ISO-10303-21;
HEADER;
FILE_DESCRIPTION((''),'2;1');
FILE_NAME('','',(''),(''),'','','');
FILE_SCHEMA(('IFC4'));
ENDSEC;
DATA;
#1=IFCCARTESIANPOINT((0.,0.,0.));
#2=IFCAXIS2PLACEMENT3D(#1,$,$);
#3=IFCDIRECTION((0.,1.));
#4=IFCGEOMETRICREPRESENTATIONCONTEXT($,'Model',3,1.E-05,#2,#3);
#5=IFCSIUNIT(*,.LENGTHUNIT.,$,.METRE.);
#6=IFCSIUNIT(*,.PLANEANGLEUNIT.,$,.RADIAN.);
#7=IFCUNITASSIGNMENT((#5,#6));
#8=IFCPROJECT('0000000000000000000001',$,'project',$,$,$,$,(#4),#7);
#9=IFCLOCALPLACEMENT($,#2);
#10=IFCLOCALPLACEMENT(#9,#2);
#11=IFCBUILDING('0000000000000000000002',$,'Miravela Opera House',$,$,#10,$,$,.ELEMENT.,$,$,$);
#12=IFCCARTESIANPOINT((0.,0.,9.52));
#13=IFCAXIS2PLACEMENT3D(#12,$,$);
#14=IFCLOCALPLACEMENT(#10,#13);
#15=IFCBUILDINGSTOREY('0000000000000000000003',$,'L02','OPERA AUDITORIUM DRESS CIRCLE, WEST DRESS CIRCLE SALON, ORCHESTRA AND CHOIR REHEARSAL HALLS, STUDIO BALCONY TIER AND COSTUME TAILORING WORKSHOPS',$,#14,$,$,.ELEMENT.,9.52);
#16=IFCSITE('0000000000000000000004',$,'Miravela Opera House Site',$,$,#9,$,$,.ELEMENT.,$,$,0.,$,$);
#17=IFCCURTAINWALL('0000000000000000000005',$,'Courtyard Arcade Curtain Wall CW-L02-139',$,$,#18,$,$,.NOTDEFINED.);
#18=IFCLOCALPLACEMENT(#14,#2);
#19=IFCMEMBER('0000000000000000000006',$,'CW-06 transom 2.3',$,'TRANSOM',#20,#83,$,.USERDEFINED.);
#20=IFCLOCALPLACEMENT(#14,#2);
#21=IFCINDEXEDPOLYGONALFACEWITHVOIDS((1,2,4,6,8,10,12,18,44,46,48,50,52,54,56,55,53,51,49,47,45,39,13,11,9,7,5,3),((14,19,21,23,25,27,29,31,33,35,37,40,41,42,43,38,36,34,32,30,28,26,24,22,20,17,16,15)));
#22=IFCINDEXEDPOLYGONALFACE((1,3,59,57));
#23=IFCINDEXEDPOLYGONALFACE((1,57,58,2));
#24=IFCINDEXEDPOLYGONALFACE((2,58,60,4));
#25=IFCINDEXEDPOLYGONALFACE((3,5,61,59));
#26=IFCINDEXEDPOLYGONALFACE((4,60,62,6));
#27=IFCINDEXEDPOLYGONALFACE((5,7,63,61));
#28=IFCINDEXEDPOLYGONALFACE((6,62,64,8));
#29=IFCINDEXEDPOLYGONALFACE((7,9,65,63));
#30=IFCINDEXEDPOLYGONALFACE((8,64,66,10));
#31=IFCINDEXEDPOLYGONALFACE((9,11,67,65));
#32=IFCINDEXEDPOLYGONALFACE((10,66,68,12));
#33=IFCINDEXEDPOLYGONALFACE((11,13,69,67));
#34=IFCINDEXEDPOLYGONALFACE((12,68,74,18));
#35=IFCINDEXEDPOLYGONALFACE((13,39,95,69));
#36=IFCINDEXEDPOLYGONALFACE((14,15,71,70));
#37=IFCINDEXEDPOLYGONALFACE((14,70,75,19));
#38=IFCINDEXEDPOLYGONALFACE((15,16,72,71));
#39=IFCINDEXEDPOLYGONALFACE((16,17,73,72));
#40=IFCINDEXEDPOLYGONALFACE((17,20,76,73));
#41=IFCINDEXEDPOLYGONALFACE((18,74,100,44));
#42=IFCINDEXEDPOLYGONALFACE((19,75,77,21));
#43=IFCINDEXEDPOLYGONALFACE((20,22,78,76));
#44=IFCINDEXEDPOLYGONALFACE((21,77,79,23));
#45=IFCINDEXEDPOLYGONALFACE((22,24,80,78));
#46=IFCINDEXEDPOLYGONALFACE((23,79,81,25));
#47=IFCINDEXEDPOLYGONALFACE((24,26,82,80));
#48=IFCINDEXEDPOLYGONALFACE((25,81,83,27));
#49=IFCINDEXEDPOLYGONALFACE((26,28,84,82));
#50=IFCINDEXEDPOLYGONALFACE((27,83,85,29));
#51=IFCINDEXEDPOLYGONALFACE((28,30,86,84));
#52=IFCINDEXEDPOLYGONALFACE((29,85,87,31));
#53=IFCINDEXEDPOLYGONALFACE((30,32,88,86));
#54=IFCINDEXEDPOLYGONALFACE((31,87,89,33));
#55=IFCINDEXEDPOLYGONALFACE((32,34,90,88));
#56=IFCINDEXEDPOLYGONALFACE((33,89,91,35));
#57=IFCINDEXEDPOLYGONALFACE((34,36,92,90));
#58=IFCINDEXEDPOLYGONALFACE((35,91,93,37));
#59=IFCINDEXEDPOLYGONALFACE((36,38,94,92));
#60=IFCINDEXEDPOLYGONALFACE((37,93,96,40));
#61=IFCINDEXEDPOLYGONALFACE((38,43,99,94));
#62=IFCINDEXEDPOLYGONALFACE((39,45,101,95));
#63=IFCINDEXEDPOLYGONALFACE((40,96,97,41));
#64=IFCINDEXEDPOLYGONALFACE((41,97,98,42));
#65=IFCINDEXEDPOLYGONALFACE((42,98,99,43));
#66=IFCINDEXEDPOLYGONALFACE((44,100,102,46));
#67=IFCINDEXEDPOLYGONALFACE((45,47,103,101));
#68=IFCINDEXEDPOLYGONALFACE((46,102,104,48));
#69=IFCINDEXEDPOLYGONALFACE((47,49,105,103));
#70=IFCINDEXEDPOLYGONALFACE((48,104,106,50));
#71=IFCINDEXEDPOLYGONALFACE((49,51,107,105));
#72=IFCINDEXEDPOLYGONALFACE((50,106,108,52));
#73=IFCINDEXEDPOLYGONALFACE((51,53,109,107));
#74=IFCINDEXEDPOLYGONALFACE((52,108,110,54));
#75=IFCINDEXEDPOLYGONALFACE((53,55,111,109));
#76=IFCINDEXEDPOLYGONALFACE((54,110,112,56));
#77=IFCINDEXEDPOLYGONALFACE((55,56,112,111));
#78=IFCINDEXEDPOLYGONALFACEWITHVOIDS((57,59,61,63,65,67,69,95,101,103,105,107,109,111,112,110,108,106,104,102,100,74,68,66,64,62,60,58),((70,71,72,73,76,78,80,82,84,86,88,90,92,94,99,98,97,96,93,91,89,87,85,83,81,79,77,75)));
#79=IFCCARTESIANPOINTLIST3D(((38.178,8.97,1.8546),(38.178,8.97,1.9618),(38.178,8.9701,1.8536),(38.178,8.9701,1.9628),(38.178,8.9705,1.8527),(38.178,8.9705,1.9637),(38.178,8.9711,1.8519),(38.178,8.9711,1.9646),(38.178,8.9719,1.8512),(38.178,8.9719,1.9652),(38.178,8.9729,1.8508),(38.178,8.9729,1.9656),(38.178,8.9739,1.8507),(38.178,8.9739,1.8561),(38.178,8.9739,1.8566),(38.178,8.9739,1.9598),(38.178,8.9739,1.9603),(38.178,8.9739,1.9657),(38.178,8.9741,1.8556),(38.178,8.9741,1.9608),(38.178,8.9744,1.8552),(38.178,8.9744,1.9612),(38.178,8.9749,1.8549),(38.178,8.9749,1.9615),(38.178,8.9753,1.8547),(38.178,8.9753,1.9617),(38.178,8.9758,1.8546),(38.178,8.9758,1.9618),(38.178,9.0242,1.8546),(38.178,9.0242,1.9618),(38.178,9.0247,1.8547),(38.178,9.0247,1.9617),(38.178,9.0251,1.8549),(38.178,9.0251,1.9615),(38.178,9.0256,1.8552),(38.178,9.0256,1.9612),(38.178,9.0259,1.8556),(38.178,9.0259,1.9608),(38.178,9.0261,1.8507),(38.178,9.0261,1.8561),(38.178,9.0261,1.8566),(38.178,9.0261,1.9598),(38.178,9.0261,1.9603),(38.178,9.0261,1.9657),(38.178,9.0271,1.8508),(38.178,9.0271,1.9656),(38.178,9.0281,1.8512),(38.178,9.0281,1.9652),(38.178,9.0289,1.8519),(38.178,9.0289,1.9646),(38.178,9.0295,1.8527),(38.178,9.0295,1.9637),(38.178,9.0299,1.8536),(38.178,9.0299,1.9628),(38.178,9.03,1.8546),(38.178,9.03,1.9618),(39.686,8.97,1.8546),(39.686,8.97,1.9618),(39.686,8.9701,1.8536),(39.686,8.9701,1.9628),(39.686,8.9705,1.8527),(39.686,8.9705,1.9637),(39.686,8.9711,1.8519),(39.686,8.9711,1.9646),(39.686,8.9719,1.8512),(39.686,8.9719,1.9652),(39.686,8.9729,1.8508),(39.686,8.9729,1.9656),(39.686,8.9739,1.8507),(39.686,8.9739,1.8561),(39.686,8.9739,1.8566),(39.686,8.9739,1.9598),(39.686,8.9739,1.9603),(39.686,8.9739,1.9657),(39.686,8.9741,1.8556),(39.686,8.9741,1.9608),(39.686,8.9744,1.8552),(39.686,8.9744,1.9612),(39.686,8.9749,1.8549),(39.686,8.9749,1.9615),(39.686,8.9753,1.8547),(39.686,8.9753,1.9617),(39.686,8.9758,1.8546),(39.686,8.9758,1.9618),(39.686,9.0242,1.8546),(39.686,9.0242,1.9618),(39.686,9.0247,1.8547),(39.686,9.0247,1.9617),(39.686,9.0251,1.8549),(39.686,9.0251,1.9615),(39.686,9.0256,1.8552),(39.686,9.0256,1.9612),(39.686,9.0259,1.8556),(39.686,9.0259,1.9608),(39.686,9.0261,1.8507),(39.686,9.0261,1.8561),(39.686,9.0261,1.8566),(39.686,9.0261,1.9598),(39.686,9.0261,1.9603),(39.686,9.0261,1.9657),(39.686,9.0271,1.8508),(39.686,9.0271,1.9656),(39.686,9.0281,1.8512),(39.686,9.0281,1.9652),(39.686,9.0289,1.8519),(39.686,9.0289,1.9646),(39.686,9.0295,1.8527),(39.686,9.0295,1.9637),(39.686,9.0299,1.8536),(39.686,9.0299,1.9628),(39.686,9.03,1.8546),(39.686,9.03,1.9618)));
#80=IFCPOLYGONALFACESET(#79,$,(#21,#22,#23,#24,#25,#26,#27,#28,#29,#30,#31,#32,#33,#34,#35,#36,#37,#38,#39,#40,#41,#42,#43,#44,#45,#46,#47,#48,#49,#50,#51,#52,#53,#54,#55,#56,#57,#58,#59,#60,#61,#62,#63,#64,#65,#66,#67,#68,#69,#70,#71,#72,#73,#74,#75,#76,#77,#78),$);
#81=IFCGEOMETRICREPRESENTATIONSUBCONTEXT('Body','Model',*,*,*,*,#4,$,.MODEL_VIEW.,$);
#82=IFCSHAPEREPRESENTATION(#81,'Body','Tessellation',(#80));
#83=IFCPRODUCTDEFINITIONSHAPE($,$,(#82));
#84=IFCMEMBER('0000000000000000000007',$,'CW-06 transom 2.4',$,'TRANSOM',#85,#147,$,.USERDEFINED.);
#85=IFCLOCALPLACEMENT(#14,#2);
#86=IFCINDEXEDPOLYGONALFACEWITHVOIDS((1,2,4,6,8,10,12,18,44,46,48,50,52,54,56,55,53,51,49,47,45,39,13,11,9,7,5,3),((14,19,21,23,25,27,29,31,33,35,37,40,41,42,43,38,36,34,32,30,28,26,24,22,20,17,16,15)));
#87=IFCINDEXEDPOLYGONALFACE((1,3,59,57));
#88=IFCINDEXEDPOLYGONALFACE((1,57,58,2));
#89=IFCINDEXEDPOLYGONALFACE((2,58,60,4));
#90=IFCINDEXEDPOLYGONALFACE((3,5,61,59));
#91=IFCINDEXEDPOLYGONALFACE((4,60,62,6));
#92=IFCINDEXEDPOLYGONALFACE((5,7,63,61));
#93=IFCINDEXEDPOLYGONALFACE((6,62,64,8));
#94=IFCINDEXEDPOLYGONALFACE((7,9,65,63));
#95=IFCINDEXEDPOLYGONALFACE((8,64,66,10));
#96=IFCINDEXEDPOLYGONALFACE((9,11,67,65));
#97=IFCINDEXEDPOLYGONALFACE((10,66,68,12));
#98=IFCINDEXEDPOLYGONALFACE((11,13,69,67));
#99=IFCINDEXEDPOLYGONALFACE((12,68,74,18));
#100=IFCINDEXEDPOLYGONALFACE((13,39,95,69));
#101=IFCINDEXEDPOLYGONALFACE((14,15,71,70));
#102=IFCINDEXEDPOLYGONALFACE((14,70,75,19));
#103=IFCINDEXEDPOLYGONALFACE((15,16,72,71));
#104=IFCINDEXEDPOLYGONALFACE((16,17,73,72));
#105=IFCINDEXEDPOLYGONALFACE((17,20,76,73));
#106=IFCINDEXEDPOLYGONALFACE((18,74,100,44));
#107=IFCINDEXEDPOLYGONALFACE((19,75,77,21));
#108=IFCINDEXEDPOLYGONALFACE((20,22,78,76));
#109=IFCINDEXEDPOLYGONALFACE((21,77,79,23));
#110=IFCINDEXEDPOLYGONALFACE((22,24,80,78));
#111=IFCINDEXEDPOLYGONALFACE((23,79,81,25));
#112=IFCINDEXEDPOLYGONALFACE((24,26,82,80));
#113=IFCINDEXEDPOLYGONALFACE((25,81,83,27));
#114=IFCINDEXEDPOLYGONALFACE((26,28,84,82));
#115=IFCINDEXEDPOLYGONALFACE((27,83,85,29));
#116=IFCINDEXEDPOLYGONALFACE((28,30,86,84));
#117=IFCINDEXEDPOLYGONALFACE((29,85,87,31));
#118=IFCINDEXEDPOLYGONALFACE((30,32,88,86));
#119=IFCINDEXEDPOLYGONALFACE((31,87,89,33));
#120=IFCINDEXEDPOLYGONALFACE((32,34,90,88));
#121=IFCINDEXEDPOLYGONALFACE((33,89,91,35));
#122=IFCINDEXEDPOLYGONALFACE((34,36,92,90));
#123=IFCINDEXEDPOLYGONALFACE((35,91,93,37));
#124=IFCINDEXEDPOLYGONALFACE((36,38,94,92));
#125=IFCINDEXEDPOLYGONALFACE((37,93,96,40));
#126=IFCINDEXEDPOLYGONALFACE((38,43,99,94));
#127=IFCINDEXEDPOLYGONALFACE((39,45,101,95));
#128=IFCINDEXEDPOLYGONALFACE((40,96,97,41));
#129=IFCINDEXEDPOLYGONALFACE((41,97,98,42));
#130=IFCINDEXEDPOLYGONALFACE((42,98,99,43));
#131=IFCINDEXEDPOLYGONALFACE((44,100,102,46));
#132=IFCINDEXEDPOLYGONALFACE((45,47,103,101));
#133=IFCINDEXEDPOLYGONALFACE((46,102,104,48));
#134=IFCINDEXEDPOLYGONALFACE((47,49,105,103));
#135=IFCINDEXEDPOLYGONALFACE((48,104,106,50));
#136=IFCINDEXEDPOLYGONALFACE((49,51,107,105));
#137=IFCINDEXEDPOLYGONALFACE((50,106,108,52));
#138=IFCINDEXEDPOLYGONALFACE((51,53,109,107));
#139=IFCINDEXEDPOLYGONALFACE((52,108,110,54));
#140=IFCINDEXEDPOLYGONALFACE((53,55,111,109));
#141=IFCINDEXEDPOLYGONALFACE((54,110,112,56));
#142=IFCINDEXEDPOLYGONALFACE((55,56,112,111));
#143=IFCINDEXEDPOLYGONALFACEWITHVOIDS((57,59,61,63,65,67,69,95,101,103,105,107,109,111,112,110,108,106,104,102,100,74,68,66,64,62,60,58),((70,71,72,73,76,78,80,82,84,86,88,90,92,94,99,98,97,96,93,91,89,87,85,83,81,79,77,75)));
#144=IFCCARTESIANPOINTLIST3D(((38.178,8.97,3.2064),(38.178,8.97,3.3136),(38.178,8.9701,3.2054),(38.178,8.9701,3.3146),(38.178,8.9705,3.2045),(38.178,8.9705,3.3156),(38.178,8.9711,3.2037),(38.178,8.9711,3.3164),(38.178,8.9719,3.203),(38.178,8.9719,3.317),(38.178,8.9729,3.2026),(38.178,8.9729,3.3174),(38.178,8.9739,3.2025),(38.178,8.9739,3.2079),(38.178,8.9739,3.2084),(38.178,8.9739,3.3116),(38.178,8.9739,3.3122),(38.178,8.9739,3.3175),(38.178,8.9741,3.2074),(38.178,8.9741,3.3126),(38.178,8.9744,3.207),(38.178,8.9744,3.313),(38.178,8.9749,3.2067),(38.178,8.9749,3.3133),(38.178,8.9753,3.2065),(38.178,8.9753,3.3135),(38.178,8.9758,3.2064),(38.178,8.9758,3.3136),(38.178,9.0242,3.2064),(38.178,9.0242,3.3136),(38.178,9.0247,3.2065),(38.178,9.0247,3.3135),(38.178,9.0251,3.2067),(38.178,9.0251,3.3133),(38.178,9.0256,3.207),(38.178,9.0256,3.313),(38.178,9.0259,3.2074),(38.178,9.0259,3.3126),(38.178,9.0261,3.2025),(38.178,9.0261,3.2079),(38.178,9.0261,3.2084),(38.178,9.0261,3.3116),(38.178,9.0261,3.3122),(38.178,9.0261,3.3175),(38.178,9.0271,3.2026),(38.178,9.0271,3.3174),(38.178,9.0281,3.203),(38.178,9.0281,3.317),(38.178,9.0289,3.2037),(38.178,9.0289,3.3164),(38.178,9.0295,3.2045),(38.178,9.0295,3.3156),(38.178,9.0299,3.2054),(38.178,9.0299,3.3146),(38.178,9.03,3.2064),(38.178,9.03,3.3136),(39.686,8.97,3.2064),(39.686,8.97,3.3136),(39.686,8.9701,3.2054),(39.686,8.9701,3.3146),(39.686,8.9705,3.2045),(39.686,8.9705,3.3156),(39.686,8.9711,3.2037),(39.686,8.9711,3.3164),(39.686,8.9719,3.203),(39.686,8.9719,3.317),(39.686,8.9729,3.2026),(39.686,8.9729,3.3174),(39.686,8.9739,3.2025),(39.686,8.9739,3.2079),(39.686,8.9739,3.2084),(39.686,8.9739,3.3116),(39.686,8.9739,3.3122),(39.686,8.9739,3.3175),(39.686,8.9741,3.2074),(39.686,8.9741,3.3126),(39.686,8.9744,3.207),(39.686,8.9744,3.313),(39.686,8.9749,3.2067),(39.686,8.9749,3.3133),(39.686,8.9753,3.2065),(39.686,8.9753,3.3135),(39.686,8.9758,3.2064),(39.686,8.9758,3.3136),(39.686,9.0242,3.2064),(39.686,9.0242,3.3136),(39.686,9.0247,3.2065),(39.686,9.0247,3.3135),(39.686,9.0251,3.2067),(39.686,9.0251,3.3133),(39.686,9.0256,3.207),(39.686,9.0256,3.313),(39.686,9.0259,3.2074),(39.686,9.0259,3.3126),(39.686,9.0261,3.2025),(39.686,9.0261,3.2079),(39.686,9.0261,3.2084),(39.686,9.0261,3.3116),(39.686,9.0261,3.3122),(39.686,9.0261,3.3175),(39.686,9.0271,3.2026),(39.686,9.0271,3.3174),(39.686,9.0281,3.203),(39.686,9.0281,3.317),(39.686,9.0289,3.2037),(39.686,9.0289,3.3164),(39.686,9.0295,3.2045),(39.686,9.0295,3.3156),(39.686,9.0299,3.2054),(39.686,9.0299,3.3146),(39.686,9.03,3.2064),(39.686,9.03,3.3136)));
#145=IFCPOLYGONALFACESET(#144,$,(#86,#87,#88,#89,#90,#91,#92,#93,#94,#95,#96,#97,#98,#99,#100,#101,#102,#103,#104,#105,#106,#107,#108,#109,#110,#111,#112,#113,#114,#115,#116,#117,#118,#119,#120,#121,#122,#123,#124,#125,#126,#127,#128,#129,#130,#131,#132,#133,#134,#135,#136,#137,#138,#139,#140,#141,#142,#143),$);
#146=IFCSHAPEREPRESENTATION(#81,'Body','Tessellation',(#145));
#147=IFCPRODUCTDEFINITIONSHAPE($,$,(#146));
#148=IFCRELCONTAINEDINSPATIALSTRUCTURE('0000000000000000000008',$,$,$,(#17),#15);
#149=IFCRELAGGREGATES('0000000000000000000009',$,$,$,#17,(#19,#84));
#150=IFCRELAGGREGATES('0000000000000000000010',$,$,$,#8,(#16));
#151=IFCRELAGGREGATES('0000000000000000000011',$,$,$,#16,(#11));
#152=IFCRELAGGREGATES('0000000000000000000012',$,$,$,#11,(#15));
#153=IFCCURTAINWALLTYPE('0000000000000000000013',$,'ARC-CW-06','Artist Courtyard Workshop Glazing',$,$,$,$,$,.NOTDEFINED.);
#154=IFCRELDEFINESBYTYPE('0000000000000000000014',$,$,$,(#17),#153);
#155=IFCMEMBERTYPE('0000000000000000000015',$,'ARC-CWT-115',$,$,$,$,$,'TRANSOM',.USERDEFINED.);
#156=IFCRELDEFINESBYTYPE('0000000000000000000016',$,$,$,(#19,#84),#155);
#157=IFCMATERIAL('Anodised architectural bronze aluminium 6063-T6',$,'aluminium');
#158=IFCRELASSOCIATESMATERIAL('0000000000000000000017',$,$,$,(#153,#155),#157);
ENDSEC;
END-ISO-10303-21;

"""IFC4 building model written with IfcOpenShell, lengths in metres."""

from ifc_helpers import new_model, si_unit, direction, frame, origin, origin_2d, place, context, subcontext, project, spatial, hollow_rectangle, extrude, material, material_profile, profile_set, type_object, element, aggregate, save


model = new_model("IFC4")

# Units and contexts
model_context = context("Model", 3, precision=1e-05, world=origin(), true_north=direction((0.0, 1.0)))
body_context = subcontext(model_context, "Body", "Model", "MODEL_VIEW")
ifc_project = project(units=[si_unit("LENGTHUNIT", "METRE"), si_unit("PLANEANGLEUNIT", "RADIAN")], contexts=[model_context])

# Site, building, storey
site_placement = place(None, origin())
site = spatial("IfcSite", under=ifc_project, at=site_placement, Name="Miravela Opera House Site", CompositionType="ELEMENT", RefElevation=0.0)
building_placement = place(site_placement, origin())
building = spatial("IfcBuilding", under=site, at=building_placement, Name="Miravela Opera House", CompositionType="ELEMENT")
storey_placement = place(building_placement, frame((0.0, 0.0, 9.52)))
storey = spatial("IfcBuildingStorey", under=building, at=storey_placement, Name="L02", Description="OPERA AUDITORIUM DRESS CIRCLE, WEST DRESS CIRCLE SALON, ORCHESTRA AND CHOIR REHEARSAL HALLS, STUDIO BALCONY TIER AND COSTUME TAILORING WORKSHOPS", CompositionType="ELEMENT", Elevation=9.52)

# Curtain wall, members
ifc_material_1 = material(Name="Anodised architectural bronze aluminium 6063-T6", Category="aluminium")
curtain_wall_type = type_object("IfcCurtainWallType", Name="ARC-CW-06", Description="Artist Courtyard Workshop Glazing", PredefinedType="NOTDEFINED", material=ifc_material_1)
curtain_wall_placement = place(storey_placement, origin())
curtain_wall = element("IfcCurtainWall", 1, at=curtain_wall_placement, inside=storey, type_object=curtain_wall_type, Name="Courtyard Arcade Curtain Wall CW-L02-139", PredefinedType="NOTDEFINED")
ifc_material_profile_1 = material_profile(ifc_material_1, hollow_rectangle(XDim=0.0601, YDim=0.115, WallThickness=0.0039, InnerFilletRadius=0.002, OuterFilletRadius=0.0039, at=origin_2d()), Name="CWT-60X115")
ifc_profile_set_1 = profile_set([ifc_material_profile_1])
member_type_1 = type_object("IfcMemberType", Name="ARC-CWT-115", ElementType="TRANSOM", PredefinedType="USERDEFINED", material=ifc_profile_set_1)
member_1_placement = place(storey_placement, frame((38.178, 9.0, 1.9082), z_axis=(1.0, 0.0, 0.0), x_axis=(0.0, 1.0, 0.0)))
member_1 = element("IfcMember", 2, at=member_1_placement, type_object=member_type_1, Name="CW-06 transom 2.3", ObjectType="TRANSOM", PredefinedType="USERDEFINED", context=body_context, shape_type="SweptSolid", body=[
    extrude(hollow_rectangle(XDim=0.0601, YDim=0.115, WallThickness=0.0039, InnerFilletRadius=0.002, OuterFilletRadius=0.0039, at=origin_2d()), origin(), (0.0, 0.0, 1.0), 1.5081),
])
member_2_placement = place(storey_placement, frame((38.178, 9.0, 3.26), z_axis=(1.0, 0.0, 0.0), x_axis=(0.0, 1.0, 0.0)))
member_2 = element("IfcMember", 3, at=member_2_placement, type_object=member_type_1, Name="CW-06 transom 2.4", ObjectType="TRANSOM", PredefinedType="USERDEFINED", context=body_context, shape_type="SweptSolid", body=[
    extrude(hollow_rectangle(XDim=0.0601, YDim=0.115, WallThickness=0.0039, InnerFilletRadius=0.002, OuterFilletRadius=0.0039, at=origin_2d()), origin(), (0.0, 0.0, 1.0), 1.5081),
])
aggregate(curtain_wall, [member_1, member_2])

save(model, "model.ifc")
